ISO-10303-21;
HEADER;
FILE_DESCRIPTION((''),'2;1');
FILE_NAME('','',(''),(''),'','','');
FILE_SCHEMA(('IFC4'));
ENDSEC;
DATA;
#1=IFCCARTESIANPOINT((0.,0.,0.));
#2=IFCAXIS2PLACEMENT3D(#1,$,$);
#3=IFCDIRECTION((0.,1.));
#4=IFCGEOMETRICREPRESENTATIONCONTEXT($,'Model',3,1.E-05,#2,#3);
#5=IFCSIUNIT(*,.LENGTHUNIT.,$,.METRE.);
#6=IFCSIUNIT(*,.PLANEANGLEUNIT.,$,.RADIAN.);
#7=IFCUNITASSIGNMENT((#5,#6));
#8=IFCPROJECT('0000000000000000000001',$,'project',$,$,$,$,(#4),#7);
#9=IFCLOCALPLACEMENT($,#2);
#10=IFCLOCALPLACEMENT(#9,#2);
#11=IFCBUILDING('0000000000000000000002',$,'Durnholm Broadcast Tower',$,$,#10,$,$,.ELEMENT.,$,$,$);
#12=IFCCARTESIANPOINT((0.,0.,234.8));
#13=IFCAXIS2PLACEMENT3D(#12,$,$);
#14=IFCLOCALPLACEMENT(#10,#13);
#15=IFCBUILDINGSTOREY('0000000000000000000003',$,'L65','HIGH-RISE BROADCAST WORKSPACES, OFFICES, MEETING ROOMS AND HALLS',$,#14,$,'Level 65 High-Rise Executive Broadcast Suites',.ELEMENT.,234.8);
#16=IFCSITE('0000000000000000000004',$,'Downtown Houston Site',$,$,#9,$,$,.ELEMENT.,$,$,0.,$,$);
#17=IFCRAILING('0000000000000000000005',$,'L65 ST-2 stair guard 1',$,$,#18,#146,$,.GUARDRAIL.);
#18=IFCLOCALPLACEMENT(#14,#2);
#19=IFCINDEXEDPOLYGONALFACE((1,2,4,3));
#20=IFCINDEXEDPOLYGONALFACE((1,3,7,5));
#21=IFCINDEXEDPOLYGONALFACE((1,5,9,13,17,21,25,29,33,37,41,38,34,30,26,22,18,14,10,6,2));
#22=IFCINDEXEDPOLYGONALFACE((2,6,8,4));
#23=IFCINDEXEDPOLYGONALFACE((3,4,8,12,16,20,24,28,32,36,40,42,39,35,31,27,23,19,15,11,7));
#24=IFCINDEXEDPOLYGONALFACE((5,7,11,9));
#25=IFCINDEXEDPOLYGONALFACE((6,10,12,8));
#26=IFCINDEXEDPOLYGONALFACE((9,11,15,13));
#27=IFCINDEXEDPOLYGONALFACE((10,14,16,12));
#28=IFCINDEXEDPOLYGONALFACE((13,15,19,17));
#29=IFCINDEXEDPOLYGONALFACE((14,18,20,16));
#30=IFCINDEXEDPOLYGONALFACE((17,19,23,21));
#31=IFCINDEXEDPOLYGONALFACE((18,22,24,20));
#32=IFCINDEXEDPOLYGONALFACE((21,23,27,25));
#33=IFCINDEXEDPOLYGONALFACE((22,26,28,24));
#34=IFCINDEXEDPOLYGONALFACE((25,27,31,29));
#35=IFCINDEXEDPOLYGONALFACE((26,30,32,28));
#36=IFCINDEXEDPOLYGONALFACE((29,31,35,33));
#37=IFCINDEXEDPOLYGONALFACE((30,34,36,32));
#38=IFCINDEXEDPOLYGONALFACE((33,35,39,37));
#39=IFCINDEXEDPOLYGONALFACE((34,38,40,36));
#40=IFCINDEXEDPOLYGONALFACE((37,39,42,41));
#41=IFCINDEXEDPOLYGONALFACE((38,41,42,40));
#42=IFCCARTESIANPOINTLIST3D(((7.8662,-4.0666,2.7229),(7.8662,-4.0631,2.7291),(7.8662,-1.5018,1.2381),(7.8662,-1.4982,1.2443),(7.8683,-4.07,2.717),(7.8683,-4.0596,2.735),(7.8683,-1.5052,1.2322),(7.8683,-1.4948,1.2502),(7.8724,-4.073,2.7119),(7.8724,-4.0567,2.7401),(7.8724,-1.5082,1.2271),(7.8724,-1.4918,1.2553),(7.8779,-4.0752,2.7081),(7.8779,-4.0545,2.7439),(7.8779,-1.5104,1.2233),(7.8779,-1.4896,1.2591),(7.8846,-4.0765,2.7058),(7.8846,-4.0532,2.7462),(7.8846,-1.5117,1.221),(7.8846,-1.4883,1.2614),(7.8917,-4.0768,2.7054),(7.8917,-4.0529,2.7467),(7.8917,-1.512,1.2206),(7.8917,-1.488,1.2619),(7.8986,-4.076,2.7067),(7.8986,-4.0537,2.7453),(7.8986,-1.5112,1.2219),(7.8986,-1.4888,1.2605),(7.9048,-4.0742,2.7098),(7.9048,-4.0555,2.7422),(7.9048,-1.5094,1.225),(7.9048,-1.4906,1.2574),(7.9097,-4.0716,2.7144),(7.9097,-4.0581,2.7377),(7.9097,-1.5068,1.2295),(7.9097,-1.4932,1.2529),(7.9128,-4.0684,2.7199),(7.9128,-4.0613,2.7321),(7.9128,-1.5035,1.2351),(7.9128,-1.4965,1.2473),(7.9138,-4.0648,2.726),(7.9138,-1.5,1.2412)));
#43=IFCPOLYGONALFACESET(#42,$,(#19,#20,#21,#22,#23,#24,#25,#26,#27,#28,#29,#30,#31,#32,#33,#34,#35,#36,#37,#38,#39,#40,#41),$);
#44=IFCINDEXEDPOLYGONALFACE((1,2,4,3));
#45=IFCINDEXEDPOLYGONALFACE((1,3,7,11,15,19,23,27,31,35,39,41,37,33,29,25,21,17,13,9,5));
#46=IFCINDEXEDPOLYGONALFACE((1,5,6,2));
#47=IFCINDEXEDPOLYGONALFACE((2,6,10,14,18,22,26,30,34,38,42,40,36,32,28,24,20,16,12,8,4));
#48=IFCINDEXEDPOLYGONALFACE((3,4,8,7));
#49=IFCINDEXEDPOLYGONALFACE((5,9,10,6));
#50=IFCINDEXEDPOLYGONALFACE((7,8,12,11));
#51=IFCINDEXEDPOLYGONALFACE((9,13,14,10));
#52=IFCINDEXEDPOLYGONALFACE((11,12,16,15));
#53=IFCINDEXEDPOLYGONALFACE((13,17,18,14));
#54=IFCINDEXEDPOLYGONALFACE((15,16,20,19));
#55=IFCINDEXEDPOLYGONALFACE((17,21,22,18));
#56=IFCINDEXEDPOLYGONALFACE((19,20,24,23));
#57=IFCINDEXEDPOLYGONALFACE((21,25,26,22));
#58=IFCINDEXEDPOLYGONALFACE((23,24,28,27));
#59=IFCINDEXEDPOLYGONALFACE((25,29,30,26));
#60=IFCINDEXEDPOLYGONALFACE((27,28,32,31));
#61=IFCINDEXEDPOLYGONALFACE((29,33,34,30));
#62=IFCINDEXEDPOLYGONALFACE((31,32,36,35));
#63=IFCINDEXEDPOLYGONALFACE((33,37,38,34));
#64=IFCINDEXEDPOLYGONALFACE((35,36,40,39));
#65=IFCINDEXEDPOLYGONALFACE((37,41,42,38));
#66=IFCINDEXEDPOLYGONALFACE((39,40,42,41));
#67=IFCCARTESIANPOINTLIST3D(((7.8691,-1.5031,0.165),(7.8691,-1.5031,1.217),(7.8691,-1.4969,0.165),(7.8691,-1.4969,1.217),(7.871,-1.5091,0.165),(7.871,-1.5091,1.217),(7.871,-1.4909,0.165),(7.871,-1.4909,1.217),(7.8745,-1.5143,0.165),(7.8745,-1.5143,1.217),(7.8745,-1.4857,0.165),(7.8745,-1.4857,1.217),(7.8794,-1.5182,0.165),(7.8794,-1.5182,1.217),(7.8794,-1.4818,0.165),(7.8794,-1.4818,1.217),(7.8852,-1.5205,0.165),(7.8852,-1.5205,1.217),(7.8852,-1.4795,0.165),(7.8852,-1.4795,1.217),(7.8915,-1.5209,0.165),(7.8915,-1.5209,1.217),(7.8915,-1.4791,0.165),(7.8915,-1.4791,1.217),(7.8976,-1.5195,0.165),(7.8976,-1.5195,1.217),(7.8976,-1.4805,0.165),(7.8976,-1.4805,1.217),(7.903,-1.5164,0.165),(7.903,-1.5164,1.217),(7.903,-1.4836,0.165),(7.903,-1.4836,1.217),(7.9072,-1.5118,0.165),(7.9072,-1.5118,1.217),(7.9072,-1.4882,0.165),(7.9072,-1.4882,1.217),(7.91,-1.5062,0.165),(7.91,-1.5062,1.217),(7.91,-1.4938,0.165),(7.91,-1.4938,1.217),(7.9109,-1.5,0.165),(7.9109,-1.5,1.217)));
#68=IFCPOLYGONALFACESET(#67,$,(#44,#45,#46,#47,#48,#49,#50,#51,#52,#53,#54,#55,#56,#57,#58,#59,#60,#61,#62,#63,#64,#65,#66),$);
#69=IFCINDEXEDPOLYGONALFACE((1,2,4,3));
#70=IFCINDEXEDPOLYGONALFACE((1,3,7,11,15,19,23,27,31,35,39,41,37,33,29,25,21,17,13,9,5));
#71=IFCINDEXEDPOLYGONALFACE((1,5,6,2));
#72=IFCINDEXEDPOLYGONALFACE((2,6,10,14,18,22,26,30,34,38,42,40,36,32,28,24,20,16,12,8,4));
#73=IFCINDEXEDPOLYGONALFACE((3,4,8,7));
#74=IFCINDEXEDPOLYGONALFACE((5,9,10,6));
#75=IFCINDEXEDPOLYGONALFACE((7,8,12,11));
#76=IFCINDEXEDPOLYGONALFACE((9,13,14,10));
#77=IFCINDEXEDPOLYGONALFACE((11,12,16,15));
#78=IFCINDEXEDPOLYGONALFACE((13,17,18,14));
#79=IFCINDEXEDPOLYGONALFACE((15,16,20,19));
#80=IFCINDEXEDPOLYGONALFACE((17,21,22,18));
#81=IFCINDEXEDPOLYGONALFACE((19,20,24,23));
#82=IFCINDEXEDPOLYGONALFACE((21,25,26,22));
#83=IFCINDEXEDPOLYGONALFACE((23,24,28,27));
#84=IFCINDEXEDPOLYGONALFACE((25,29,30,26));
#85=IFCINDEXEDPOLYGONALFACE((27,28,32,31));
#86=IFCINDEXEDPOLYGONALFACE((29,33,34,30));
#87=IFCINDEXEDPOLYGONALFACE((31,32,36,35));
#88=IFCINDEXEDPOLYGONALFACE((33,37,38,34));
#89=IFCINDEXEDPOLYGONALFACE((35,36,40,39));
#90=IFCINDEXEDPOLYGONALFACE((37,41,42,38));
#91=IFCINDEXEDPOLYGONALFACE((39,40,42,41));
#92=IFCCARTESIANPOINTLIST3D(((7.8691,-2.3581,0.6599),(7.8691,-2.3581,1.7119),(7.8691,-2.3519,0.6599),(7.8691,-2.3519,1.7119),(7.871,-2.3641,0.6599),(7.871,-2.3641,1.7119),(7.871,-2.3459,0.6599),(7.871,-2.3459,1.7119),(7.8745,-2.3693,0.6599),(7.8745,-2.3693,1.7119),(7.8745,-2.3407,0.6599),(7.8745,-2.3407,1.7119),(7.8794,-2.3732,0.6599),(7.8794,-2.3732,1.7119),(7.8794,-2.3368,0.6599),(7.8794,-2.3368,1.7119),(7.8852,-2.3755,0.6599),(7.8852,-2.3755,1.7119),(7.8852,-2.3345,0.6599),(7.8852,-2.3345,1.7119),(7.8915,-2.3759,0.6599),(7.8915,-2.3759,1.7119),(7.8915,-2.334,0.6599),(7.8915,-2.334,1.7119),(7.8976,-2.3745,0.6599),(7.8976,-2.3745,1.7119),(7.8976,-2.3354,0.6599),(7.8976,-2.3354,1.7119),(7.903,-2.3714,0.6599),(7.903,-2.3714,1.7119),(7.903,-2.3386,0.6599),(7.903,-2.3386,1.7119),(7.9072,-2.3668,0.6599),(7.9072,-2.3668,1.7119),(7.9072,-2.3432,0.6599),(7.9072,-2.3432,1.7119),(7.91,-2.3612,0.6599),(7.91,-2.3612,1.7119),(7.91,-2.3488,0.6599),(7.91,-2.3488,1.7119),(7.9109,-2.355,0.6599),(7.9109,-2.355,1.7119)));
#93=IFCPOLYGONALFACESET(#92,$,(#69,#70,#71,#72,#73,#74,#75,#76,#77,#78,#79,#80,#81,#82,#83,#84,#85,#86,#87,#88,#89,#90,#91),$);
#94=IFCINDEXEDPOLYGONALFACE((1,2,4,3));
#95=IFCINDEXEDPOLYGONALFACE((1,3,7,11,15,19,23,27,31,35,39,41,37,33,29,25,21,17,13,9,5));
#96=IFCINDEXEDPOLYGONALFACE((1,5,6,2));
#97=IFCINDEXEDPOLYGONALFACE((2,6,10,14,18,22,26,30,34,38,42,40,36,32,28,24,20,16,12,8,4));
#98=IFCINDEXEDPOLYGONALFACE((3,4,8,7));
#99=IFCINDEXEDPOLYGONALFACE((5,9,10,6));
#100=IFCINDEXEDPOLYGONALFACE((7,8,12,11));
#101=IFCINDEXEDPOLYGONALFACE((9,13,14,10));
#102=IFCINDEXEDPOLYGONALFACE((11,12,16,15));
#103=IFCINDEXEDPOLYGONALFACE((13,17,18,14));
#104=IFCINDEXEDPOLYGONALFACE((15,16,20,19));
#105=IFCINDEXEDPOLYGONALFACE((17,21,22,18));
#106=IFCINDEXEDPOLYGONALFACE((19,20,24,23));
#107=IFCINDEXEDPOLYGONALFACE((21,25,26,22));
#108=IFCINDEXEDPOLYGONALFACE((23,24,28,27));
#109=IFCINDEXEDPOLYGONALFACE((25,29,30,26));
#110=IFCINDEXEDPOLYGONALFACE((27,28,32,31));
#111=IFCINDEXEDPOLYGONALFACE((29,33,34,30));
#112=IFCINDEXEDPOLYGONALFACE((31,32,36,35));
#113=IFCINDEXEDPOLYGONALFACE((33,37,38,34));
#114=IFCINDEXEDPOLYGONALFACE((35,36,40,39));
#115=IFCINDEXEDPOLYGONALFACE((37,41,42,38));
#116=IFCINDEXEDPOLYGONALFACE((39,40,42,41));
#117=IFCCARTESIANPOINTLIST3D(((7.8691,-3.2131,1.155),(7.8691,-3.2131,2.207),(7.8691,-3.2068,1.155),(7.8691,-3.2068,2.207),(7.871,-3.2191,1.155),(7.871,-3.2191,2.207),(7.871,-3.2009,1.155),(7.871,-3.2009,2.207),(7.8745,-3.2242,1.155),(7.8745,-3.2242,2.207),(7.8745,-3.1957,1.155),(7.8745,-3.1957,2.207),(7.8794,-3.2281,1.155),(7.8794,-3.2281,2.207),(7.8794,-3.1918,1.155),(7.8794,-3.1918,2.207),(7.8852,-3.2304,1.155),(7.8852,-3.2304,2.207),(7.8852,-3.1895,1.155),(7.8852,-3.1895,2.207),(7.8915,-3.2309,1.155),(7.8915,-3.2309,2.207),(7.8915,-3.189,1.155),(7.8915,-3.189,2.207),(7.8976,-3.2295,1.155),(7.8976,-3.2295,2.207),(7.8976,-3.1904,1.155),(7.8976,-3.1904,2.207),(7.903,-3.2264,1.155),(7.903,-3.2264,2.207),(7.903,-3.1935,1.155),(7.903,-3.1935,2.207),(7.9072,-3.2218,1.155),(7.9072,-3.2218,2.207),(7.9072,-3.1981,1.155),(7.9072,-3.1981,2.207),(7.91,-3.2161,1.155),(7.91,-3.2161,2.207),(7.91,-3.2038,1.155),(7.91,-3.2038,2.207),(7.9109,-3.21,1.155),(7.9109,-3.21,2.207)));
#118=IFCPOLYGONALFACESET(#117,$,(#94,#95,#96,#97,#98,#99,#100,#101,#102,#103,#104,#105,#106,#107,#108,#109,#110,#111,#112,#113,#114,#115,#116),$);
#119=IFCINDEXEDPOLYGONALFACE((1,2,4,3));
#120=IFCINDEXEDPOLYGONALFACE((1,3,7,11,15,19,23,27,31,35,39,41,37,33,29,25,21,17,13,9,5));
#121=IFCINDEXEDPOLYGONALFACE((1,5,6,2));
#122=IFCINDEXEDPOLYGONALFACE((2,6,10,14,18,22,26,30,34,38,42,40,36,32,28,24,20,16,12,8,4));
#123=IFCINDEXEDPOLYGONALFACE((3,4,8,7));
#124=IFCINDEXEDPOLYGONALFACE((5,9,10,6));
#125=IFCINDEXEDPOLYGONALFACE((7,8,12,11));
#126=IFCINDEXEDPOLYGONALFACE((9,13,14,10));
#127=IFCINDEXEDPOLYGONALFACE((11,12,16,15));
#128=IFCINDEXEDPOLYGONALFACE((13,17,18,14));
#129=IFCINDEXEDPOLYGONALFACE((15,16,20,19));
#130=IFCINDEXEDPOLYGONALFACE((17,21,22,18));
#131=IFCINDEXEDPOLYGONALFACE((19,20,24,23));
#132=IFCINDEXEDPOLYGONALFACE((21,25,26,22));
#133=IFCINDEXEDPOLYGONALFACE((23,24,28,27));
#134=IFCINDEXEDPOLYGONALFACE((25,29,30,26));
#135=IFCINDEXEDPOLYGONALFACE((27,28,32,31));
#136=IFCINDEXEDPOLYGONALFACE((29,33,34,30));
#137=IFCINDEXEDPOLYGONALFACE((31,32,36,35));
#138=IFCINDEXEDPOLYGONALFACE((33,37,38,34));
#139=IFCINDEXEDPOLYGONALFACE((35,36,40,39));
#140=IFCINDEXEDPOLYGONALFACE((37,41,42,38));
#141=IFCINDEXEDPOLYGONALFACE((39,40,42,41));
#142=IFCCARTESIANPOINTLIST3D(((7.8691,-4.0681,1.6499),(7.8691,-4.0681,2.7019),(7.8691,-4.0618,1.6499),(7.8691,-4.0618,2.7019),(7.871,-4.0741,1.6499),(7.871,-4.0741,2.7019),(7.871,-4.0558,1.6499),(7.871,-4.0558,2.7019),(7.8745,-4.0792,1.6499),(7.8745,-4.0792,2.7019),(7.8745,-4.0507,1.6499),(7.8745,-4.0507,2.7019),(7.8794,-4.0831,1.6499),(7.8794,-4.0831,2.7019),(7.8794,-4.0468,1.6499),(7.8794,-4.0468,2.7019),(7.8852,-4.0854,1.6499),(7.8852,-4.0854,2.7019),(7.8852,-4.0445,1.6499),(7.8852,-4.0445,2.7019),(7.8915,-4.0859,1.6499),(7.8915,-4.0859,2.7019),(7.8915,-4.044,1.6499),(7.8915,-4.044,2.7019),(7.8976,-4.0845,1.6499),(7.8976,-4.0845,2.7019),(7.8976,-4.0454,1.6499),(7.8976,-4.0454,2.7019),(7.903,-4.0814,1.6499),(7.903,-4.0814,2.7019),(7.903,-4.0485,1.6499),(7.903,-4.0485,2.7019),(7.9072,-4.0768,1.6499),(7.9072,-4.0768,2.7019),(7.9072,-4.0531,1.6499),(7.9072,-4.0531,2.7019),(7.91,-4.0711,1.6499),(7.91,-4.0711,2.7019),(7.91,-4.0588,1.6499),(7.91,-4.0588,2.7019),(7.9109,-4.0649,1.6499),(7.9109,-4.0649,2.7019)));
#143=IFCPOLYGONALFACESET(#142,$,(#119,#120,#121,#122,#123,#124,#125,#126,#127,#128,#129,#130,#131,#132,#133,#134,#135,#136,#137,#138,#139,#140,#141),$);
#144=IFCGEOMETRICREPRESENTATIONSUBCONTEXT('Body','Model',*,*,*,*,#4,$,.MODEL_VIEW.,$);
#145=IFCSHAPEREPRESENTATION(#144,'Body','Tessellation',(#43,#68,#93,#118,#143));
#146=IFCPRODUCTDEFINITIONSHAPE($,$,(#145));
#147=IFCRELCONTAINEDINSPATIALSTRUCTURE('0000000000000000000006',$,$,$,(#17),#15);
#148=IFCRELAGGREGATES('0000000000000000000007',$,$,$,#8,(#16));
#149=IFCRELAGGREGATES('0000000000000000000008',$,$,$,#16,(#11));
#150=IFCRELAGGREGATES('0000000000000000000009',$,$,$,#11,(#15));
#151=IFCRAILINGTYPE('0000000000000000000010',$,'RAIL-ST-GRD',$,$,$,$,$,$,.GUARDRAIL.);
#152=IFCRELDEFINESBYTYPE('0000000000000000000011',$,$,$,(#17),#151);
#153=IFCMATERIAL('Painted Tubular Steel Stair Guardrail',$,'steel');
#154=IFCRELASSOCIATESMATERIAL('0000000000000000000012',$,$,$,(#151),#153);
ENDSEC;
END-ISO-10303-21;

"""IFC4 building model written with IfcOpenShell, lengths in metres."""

from ifc_helpers import new_model, si_unit, direction, frame, origin, origin_2d, place, context, subcontext, project, spatial, circle, extrude, material, type_object, element, save


model = new_model("IFC4")

# Units and contexts
model_context = context("Model", 3, precision=1e-05, world=origin(), true_north=direction((0.0, 1.0)))
body_context = subcontext(model_context, "Body", "Model", "MODEL_VIEW")
ifc_project = project(units=[si_unit("LENGTHUNIT", "METRE"), si_unit("PLANEANGLEUNIT", "RADIAN")], contexts=[model_context])

# Site, building, storey
site_placement = place(None, origin())
site = spatial("IfcSite", under=ifc_project, at=site_placement, Name="Downtown Houston Site", CompositionType="ELEMENT", RefElevation=0.0)
building_placement = place(site_placement, origin())
building = spatial("IfcBuilding", under=site, at=building_placement, Name="Durnholm Broadcast Tower", CompositionType="ELEMENT")
storey_placement = place(building_placement, frame((0.0, 0.0, 234.8)))
storey = spatial("IfcBuildingStorey", under=building, at=storey_placement, Name="L65", Description="HIGH-RISE BROADCAST WORKSPACES, OFFICES, MEETING ROOMS AND HALLS", LongName="Level 65 High-Rise Executive Broadcast Suites", CompositionType="ELEMENT", Elevation=234.8)

# Railing
ifc_material_1 = material(Name="Painted Tubular Steel Stair Guardrail", Category="steel")
railing_type_1 = type_object("IfcRailingType", Name="RAIL-ST-GRD", PredefinedType="GUARDRAIL", material=ifc_material_1)
railing_1_placement = place(storey_placement, frame((7.8899, -1.5, 0.165)))
element("IfcRailing", 1, at=railing_1_placement, inside=storey, type_object=railing_type_1, Name="L65 ST-2 stair guard 1", PredefinedType="GUARDRAIL", context=body_context, shape_type="SweptSolid", body=[
    extrude(circle(Radius=0.0239, at=origin_2d()), frame((0.0, 0.0, 1.0762), z_axis=(0.0, -0.865441, 0.50101), x_axis=(1.0, 0.0, 0.0)), (0.0, 0.0, 1.0), 2.9636),
    extrude(circle(Radius=0.021, at=origin_2d()), origin(), (0.0, 0.0, 1.0), 1.052),
    extrude(circle(Radius=0.021, at=origin_2d()), frame((0.0, -0.855, 0.4949)), (0.0, 0.0, 1.0), 1.052),
    extrude(circle(Radius=0.021, at=origin_2d()), frame((0.0, -1.71, 0.99)), (0.0, 0.0, 1.0), 1.052),
    extrude(circle(Radius=0.021, at=origin_2d()), frame((0.0, -2.5649, 1.4849)), (0.0, 0.0, 1.0), 1.052),
])

save(model, "model.ifc")
